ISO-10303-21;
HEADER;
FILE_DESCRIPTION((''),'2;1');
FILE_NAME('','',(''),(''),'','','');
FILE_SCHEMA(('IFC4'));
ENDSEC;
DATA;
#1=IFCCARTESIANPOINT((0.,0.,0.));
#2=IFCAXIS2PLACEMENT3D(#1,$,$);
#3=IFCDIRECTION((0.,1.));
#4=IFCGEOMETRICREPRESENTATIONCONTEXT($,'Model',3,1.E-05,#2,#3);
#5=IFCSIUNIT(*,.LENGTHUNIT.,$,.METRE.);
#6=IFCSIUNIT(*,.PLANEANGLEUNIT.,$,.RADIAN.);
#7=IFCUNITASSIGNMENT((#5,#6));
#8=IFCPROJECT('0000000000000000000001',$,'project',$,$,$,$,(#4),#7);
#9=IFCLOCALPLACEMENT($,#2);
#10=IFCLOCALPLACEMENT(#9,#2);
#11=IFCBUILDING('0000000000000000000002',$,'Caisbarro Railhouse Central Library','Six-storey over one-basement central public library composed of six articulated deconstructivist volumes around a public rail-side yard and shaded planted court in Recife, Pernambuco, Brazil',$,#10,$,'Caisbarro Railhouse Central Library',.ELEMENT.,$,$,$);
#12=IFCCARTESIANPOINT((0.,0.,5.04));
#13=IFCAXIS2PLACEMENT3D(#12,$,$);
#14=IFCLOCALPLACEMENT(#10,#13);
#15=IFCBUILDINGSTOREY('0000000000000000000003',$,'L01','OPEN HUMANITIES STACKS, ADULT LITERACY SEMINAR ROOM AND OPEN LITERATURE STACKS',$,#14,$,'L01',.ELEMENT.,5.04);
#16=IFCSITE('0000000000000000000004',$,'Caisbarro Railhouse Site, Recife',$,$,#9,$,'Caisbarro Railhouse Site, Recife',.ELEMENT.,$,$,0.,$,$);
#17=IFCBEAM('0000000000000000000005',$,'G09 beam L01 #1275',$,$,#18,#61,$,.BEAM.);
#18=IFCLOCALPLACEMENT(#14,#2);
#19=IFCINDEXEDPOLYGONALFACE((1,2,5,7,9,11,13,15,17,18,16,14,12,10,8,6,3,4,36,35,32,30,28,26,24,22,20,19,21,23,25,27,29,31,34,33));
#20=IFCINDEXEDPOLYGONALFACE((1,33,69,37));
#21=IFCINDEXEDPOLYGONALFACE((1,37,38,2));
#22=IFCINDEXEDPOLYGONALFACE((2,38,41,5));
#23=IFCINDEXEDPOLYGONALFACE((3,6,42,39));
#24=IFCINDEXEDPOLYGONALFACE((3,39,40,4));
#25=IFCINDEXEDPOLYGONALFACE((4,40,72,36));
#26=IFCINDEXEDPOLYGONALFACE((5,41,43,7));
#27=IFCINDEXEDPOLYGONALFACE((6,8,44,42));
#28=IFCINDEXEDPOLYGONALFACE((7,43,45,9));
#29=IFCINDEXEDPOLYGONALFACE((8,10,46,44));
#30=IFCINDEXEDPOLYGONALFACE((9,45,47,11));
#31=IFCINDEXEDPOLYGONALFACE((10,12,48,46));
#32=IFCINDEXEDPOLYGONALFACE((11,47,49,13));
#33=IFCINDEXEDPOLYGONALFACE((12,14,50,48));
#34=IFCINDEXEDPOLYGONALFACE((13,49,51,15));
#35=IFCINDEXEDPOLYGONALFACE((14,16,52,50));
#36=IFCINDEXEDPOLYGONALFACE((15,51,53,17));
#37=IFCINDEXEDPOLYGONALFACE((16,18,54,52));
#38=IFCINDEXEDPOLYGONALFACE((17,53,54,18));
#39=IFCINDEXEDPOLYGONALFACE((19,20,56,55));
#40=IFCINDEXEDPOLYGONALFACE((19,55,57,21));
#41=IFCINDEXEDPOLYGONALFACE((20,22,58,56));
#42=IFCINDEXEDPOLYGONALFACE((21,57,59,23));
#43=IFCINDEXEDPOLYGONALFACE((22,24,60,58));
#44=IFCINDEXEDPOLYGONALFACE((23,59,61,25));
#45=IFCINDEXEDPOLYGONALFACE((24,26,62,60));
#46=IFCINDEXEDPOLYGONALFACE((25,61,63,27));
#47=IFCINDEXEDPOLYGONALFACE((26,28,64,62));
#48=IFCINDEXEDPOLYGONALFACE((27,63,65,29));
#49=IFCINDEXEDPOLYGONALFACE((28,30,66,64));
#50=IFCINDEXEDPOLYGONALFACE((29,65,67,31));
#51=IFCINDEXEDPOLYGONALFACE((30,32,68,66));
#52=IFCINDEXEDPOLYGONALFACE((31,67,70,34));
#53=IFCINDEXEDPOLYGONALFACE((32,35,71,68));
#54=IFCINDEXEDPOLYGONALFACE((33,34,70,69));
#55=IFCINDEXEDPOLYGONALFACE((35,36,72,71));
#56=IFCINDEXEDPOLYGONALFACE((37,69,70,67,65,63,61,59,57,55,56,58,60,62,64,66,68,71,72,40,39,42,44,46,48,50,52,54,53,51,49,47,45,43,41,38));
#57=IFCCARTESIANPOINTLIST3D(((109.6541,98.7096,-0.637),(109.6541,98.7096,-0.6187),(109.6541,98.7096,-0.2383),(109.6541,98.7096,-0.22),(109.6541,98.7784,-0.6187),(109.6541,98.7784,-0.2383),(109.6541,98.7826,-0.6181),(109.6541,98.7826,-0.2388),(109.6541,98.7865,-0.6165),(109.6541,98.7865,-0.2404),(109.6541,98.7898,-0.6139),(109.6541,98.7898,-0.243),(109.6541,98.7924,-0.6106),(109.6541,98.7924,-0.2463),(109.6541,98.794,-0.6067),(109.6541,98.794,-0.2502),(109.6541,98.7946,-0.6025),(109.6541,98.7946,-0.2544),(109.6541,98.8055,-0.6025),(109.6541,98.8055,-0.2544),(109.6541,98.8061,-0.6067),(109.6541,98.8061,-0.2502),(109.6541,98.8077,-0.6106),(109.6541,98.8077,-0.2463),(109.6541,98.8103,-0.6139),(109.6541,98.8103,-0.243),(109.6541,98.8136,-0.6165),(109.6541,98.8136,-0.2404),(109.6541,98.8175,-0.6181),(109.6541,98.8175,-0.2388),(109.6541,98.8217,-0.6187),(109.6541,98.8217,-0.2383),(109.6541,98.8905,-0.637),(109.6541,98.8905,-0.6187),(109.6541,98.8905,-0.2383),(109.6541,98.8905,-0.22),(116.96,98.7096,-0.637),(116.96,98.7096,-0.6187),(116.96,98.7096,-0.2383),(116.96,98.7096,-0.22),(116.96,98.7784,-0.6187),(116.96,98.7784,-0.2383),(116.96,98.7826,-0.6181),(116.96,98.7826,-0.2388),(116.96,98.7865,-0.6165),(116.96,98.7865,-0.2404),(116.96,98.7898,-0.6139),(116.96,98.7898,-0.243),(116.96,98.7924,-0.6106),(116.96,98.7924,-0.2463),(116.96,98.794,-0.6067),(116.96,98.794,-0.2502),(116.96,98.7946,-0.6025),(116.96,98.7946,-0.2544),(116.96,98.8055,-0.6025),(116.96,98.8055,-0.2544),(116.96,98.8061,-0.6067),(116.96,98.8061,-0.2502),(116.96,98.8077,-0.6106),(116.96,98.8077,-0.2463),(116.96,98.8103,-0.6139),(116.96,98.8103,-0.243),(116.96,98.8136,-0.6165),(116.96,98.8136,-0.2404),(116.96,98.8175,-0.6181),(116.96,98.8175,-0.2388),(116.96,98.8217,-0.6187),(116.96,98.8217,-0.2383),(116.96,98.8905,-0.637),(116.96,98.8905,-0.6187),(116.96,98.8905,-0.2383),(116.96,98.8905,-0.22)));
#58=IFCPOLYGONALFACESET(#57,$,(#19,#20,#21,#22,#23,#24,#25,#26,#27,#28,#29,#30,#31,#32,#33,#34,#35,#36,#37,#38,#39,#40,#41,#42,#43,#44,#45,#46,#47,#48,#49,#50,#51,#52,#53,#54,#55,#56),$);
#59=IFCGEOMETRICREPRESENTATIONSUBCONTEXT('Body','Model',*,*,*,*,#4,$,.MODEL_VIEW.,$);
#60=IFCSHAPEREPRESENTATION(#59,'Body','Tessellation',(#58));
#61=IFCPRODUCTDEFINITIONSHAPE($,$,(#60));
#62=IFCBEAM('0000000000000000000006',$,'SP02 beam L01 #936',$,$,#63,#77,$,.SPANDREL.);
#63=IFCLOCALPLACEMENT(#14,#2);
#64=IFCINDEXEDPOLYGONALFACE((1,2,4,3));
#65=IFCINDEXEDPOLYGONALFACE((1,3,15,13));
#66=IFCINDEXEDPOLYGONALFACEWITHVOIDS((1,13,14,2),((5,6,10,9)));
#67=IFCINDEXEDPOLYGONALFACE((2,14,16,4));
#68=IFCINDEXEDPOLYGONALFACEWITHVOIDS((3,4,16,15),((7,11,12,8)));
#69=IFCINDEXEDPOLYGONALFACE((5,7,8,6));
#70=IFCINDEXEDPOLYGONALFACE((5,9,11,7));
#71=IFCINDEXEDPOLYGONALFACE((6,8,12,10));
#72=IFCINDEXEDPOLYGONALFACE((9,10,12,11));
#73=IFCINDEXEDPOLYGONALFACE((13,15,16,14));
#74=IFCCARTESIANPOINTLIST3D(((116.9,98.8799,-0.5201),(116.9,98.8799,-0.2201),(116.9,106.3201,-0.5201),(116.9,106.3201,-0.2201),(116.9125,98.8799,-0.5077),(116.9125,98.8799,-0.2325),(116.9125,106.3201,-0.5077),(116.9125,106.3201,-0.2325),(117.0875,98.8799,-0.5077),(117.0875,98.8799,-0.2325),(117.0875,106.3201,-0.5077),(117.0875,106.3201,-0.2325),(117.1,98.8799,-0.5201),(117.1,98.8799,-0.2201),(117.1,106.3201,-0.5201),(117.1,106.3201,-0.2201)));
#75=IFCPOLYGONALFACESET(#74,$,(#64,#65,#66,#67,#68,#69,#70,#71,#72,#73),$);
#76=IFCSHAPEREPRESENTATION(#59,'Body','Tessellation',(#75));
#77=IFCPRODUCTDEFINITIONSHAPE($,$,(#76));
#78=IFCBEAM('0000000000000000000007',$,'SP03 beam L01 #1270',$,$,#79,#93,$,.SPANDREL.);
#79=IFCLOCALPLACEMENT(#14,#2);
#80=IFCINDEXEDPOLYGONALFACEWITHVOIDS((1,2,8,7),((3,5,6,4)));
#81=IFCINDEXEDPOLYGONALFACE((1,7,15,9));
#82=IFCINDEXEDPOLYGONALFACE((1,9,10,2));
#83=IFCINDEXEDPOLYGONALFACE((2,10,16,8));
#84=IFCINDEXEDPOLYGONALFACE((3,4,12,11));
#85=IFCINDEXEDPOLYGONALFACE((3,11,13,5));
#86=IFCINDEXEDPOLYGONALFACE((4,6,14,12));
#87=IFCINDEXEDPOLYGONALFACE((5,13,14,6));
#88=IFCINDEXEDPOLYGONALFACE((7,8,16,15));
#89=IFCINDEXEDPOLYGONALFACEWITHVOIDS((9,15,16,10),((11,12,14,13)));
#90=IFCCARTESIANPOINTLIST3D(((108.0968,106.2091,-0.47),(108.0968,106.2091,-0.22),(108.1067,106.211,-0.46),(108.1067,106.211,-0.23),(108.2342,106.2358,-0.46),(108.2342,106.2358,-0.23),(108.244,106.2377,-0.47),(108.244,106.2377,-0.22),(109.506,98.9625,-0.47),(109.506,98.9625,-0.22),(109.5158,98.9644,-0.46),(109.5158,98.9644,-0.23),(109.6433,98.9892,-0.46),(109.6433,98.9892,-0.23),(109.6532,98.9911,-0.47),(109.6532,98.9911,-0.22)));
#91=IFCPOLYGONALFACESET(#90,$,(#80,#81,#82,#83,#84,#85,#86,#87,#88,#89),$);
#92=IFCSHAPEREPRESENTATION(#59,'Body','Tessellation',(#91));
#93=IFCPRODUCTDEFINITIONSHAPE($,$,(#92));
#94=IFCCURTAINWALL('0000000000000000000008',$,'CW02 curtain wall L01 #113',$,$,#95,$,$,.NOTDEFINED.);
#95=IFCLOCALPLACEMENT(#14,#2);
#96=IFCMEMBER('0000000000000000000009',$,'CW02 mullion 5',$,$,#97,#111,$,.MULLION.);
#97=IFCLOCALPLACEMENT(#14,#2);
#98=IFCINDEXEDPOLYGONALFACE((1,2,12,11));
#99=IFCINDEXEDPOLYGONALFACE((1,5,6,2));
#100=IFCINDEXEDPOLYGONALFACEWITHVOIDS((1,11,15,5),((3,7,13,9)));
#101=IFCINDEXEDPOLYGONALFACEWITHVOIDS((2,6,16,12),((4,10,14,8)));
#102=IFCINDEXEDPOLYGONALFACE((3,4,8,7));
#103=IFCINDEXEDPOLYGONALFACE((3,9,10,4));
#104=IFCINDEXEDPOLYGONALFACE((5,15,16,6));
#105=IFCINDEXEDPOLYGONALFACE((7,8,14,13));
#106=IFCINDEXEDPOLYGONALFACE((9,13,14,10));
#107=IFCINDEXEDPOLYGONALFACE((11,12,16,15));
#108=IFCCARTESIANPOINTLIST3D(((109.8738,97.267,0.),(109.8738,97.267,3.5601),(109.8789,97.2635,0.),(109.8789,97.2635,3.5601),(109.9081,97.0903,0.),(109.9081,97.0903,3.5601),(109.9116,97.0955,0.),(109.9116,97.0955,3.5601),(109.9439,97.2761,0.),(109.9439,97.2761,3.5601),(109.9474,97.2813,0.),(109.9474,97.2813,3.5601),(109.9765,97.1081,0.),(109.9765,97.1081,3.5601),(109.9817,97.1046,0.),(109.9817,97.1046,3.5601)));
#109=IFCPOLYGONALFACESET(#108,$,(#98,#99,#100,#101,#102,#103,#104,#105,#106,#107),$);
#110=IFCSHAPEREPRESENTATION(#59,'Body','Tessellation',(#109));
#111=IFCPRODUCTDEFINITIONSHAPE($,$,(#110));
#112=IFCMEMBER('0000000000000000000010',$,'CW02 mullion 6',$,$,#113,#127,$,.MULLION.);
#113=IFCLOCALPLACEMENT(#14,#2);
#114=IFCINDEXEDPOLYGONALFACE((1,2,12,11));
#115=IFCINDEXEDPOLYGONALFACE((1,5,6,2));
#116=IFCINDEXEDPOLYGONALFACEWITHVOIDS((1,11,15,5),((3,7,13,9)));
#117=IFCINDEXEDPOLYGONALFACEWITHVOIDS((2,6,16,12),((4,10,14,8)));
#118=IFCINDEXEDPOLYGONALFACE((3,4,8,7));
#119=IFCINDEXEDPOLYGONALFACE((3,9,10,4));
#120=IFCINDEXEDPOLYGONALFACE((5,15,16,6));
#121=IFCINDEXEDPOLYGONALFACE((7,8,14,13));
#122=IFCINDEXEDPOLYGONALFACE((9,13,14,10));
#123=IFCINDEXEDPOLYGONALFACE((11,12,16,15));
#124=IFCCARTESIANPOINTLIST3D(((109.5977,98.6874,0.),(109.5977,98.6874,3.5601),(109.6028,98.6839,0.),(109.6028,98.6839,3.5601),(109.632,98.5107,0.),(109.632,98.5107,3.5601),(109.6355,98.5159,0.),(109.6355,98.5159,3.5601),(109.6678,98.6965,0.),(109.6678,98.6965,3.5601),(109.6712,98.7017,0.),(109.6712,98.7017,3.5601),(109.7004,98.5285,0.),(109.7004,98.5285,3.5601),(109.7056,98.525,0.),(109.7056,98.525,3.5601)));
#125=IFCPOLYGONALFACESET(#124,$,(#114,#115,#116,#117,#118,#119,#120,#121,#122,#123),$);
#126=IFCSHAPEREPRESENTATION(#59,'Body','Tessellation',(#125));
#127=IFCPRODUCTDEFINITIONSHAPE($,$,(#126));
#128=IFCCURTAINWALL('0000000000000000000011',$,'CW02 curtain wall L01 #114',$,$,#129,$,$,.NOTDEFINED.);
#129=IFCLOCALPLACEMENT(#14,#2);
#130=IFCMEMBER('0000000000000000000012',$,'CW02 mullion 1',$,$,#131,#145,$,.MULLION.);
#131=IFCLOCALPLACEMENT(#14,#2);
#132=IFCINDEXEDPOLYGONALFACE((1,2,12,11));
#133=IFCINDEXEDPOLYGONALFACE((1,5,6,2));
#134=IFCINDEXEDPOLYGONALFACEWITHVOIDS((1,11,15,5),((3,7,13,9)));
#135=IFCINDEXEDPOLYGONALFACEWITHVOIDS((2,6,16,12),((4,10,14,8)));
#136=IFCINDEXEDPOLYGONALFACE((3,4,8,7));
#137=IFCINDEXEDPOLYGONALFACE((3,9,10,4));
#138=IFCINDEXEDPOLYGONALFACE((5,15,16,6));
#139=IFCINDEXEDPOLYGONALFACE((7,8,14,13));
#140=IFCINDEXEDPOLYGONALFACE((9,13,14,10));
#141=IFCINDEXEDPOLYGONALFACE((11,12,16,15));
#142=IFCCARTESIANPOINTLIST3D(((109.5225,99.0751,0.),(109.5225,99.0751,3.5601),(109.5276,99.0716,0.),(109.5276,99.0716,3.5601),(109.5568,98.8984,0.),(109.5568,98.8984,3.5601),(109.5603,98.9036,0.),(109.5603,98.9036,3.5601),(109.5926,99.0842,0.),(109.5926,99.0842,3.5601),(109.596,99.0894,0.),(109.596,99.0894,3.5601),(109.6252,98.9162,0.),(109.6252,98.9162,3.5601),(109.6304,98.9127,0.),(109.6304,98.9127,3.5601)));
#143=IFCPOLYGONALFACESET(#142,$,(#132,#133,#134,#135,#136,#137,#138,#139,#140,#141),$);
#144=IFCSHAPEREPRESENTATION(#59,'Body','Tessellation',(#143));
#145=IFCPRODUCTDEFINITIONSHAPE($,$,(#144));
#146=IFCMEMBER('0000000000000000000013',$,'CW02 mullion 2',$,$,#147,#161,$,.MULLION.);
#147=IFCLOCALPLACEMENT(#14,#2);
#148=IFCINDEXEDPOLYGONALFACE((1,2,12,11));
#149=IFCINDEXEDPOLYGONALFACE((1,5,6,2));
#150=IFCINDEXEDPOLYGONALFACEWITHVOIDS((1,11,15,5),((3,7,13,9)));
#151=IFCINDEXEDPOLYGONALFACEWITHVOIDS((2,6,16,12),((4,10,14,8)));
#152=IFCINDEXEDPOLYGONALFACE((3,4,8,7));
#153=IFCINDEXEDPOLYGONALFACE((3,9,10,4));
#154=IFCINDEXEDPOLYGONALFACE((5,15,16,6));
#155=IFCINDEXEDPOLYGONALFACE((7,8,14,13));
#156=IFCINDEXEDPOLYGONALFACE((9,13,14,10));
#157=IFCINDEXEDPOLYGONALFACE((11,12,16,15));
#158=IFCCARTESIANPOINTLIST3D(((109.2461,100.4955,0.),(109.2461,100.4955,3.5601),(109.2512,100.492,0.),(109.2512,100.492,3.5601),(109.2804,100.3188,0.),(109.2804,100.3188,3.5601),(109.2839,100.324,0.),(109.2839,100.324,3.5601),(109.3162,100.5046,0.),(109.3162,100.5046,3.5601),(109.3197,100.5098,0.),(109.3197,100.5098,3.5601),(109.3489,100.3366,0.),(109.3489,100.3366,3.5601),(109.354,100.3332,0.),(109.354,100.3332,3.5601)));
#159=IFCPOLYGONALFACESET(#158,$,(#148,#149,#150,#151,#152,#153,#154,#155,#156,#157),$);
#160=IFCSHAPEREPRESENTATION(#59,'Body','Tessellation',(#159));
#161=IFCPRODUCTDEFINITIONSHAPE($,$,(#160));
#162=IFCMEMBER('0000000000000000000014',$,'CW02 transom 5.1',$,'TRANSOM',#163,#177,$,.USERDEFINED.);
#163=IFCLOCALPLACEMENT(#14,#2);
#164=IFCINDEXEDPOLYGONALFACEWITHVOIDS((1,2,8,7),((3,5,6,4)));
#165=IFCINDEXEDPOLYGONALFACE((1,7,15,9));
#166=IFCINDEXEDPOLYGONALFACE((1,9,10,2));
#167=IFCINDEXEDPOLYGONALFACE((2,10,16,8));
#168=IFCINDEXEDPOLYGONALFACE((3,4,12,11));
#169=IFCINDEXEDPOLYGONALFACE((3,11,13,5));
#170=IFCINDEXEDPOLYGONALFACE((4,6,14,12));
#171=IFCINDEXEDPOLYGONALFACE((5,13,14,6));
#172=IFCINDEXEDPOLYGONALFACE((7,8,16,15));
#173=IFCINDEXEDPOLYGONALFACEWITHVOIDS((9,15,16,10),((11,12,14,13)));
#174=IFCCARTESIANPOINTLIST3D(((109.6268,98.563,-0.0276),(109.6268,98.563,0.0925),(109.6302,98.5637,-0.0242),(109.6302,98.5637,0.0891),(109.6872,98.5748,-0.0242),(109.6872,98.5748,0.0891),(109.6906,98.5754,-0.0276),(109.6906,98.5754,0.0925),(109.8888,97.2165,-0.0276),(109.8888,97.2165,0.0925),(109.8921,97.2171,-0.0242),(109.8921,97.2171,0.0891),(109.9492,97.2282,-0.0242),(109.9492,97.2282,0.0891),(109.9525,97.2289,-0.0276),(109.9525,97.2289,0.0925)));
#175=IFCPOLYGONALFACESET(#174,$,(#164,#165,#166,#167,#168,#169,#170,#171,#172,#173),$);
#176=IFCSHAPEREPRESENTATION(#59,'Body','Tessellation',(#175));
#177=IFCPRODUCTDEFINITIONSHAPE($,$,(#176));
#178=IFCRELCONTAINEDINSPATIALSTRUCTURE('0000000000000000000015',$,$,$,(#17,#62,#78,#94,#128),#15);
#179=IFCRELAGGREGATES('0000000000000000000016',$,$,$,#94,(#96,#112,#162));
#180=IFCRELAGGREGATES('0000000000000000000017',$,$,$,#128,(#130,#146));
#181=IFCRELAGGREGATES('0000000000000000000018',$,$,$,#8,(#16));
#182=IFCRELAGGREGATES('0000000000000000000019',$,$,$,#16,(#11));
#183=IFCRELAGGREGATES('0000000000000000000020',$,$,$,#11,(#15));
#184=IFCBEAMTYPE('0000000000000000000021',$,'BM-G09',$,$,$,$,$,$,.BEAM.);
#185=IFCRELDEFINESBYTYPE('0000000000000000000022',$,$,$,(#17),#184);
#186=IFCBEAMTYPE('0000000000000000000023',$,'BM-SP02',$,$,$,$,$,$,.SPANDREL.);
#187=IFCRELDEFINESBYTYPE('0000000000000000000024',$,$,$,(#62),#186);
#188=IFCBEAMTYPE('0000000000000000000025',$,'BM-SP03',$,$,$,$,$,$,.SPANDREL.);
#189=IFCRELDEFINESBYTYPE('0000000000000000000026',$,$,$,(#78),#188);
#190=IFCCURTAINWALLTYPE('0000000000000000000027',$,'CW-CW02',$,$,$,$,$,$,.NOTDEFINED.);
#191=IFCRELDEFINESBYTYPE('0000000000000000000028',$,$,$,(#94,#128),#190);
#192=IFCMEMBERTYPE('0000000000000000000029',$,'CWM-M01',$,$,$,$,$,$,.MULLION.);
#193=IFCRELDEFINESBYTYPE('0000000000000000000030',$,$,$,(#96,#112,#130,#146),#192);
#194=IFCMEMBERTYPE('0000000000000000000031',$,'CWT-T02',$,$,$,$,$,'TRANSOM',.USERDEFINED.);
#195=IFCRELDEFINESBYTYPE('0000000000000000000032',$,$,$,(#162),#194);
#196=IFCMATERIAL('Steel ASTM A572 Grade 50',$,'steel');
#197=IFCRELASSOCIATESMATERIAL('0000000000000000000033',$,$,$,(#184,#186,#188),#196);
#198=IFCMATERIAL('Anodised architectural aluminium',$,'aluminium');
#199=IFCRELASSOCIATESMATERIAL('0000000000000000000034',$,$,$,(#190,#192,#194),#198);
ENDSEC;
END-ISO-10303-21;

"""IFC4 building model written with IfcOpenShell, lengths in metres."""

from ifc_helpers import new_model, si_unit, direction, frame, origin, origin_2d, place, context, subcontext, project, spatial, hollow_rectangle, i_section, extrude, material, material_profile, profile_set, type_object, element, aggregate, save


model = new_model("IFC4")

# Units and contexts
model_context = context("Model", 3, precision=1e-05, world=origin(), true_north=direction((0.0, 1.0)))
body_context = subcontext(model_context, "Body", "Model", "MODEL_VIEW")
ifc_project = project(units=[si_unit("LENGTHUNIT", "METRE"), si_unit("PLANEANGLEUNIT", "RADIAN")], contexts=[model_context])

# Site, building, storey
site_placement = place(None, origin())
site = spatial("IfcSite", under=ifc_project, at=site_placement, Name="Caisbarro Railhouse Site, Recife", LongName="Caisbarro Railhouse Site, Recife", CompositionType="ELEMENT", RefElevation=0.0)
building_placement = place(site_placement, origin())
building = spatial("IfcBuilding", under=site, at=building_placement, Name="Caisbarro Railhouse Central Library", Description="Six-storey over one-basement central public library composed of six articulated deconstructivist volumes around a public rail-side yard and shaded planted court in Recife, Pernambuco, Brazil", LongName="Caisbarro Railhouse Central Library", CompositionType="ELEMENT")
storey_placement = place(building_placement, frame((0.0, 0.0, 5.04)))
storey = spatial("IfcBuildingStorey", under=building, at=storey_placement, Name="L01", Description="OPEN HUMANITIES STACKS, ADULT LITERACY SEMINAR ROOM AND OPEN LITERATURE STACKS", LongName="L01", CompositionType="ELEMENT", Elevation=5.04)

# Shared definitions
ifc_material_1 = material(Name="Steel ASTM A572 Grade 50", Category="steel")

# Beams
ifc_material_profile_1 = material_profile(ifc_material_1, i_section(OverallWidth=0.1809, OverallDepth=0.417, WebThickness=0.011, FlangeThickness=0.0183, FilletRadius=0.0161, at=origin_2d()), Name="W410X85.0")
ifc_profile_set_1 = profile_set([ifc_material_profile_1], Name="Steel ASTM A572 Grade 50")
beam_type_1 = type_object("IfcBeamType", Name="BM-G09", PredefinedType="BEAM", material=ifc_profile_set_1)
beam_1_placement = place(storey_placement, frame((109.6541, 98.8, -0.4285), z_axis=(1.0, 0.0, 0.0), x_axis=(0.0, 1.0, 0.0)))
element("IfcBeam", 1, at=beam_1_placement, inside=storey, type_object=beam_type_1, Name="G09 beam L01 #1275", PredefinedType="BEAM", context=body_context, shape_type="SweptSolid", body=[
    extrude(i_section(OverallWidth=0.1809, OverallDepth=0.417, WebThickness=0.011, FlangeThickness=0.0183, FilletRadius=0.0161, at=origin_2d()), origin(), (0.0, 0.0, 1.0), 7.3059),
])
ifc_material_profile_2 = material_profile(ifc_material_1, hollow_rectangle(XDim=0.2, YDim=0.3, WallThickness=0.0125, at=origin_2d()), Name="HSS300X200X12.5")
ifc_profile_set_2 = profile_set([ifc_material_profile_2], Name="Steel ASTM A572 Grade 50")
beam_type_2 = type_object("IfcBeamType", Name="BM-SP02", PredefinedType="SPANDREL", material=ifc_profile_set_2)
beam_2_placement = place(storey_placement, frame((117.0, 98.8799, -0.3701), z_axis=(0.0, 1.0, 0.0), x_axis=(-1.0, 0.0, 0.0)))
element("IfcBeam", 2, at=beam_2_placement, inside=storey, type_object=beam_type_2, Name="SP02 beam L01 #936", PredefinedType="SPANDREL", context=body_context, shape_type="SweptSolid", body=[
    extrude(hollow_rectangle(XDim=0.2, YDim=0.3, WallThickness=0.0125, at=origin_2d()), origin(), (0.0, 0.0, 1.0), 7.4402),
])
ifc_material_profile_3 = material_profile(ifc_material_1, hollow_rectangle(XDim=0.1499, YDim=0.25, WallThickness=0.01, at=origin_2d()), Name="HSS250X150X10")
ifc_profile_set_3 = profile_set([ifc_material_profile_3], Name="Steel ASTM A572 Grade 50")
beam_type_3 = type_object("IfcBeamType", Name="BM-SP03", PredefinedType="SPANDREL", material=ifc_profile_set_3)
beam_3_placement = place(storey_placement, frame((109.5796, 98.9768, -0.345), z_axis=(-0.190886, 0.981612, 0.0), x_axis=(-0.981612, -0.190886, 0.0)))
element("IfcBeam", 3, at=beam_3_placement, inside=storey, type_object=beam_type_3, Name="SP03 beam L01 #1270", PredefinedType="SPANDREL", context=body_context, shape_type="SweptSolid", body=[
    extrude(hollow_rectangle(XDim=0.1499, YDim=0.25, WallThickness=0.01, at=origin_2d()), origin(), (0.0, 0.0, 1.0), 7.3823),
])

# Curtain walls, members
ifc_material_2 = material(Name="Anodised architectural aluminium", Category="aluminium")
curtain_wall_type = type_object("IfcCurtainWallType", Name="CW-CW02", PredefinedType="NOTDEFINED", material=ifc_material_2)
curtain_wall_1_placement = place(storey_placement, origin())
curtain_wall_1 = element("IfcCurtainWall", 4, at=curtain_wall_1_placement, inside=storey, type_object=curtain_wall_type, Name="CW02 curtain wall L01 #113", PredefinedType="NOTDEFINED")
ifc_material_profile_4 = material_profile(ifc_material_2, hollow_rectangle(XDim=0.075, YDim=0.1799, WallThickness=0.0044, at=origin_2d()), Name="ALU-MUL-75X180")
ifc_profile_set_4 = profile_set([ifc_material_profile_4], Name="Anodised architectural aluminium")
member_type_1 = type_object("IfcMemberType", Name="CWM-M01", PredefinedType="MULLION", material=ifc_profile_set_4)
member_1_placement = place(storey_placement, frame((109.9277, 97.1858, 0.0), z_axis=(0.0, 0.0, 1.0), x_axis=(-0.981633, -0.190781, 0.0)))
member_1 = element("IfcMember", 5, at=member_1_placement, type_object=member_type_1, Name="CW02 mullion 5", PredefinedType="MULLION", context=body_context, shape_type="SweptSolid", body=[
    extrude(hollow_rectangle(XDim=0.075, YDim=0.1799, WallThickness=0.0044, at=origin_2d()), origin(), (0.0, 0.0, 1.0), 3.5601),
])
member_2_placement = place(storey_placement, frame((109.6516, 98.6062, 0.0), z_axis=(0.0, 0.0, 1.0), x_axis=(-0.981633, -0.190781, 0.0)))
member_2 = element("IfcMember", 6, at=member_2_placement, type_object=member_type_1, Name="CW02 mullion 6", PredefinedType="MULLION", context=body_context, shape_type="SweptSolid", body=[
    extrude(hollow_rectangle(XDim=0.075, YDim=0.1799, WallThickness=0.0044, at=origin_2d()), origin(), (0.0, 0.0, 1.0), 3.5601),
])
curtain_wall_2_placement = place(storey_placement, origin())
curtain_wall_2 = element("IfcCurtainWall", 7, at=curtain_wall_2_placement, inside=storey, type_object=curtain_wall_type, Name="CW02 curtain wall L01 #114", PredefinedType="NOTDEFINED")
member_3_placement = place(storey_placement, frame((109.5764, 98.9939, 0.0), z_axis=(0.0, 0.0, 1.0), x_axis=(-0.981607, -0.190911, 0.0)))
member_3 = element("IfcMember", 8, at=member_3_placement, type_object=member_type_1, Name="CW02 mullion 1", PredefinedType="MULLION", context=body_context, shape_type="SweptSolid", body=[
    extrude(hollow_rectangle(XDim=0.075, YDim=0.1799, WallThickness=0.0044, at=origin_2d()), origin(), (0.0, 0.0, 1.0), 3.5601),
])
member_4_placement = place(storey_placement, frame((109.3, 100.4143, 0.0), z_axis=(0.0, 0.0, 1.0), x_axis=(-0.981607, -0.190911, 0.0)))
member_4 = element("IfcMember", 9, at=member_4_placement, type_object=member_type_1, Name="CW02 mullion 2", PredefinedType="MULLION", context=body_context, shape_type="SweptSolid", body=[
    extrude(hollow_rectangle(XDim=0.075, YDim=0.1799, WallThickness=0.0044, at=origin_2d()), origin(), (0.0, 0.0, 1.0), 3.5601),
])

# Member
ifc_material_profile_5 = material_profile(ifc_material_2, hollow_rectangle(XDim=0.0649, YDim=0.1201, WallThickness=0.0034, at=origin_2d()), Name="ALU-TRN-65X120")
ifc_profile_set_5 = profile_set([ifc_material_profile_5], Name="Anodised architectural aluminium")
member_type_2 = type_object("IfcMemberType", Name="CWT-T02", ElementType="TRANSOM", PredefinedType="USERDEFINED", material=ifc_profile_set_5)
member_5_placement = place(storey_placement, frame((109.9207, 97.2227, 0.0325), z_axis=(-0.190946, 0.981601, 0.0), x_axis=(-0.981601, -0.190946, 0.0)))
member_5 = element("IfcMember", 10, at=member_5_placement, type_object=member_type_2, Name="CW02 transom 5.1", ObjectType="TRANSOM", PredefinedType="USERDEFINED", context=body_context, shape_type="SweptSolid", body=[
    extrude(hollow_rectangle(XDim=0.0649, YDim=0.1201, WallThickness=0.0034, at=origin_2d()), origin(), (0.0, 0.0, 1.0), 1.3718),
])

aggregate(curtain_wall_1, [member_1, member_2, member_5])
aggregate(curtain_wall_2, [member_3, member_4])

save(model, "model.ifc")
